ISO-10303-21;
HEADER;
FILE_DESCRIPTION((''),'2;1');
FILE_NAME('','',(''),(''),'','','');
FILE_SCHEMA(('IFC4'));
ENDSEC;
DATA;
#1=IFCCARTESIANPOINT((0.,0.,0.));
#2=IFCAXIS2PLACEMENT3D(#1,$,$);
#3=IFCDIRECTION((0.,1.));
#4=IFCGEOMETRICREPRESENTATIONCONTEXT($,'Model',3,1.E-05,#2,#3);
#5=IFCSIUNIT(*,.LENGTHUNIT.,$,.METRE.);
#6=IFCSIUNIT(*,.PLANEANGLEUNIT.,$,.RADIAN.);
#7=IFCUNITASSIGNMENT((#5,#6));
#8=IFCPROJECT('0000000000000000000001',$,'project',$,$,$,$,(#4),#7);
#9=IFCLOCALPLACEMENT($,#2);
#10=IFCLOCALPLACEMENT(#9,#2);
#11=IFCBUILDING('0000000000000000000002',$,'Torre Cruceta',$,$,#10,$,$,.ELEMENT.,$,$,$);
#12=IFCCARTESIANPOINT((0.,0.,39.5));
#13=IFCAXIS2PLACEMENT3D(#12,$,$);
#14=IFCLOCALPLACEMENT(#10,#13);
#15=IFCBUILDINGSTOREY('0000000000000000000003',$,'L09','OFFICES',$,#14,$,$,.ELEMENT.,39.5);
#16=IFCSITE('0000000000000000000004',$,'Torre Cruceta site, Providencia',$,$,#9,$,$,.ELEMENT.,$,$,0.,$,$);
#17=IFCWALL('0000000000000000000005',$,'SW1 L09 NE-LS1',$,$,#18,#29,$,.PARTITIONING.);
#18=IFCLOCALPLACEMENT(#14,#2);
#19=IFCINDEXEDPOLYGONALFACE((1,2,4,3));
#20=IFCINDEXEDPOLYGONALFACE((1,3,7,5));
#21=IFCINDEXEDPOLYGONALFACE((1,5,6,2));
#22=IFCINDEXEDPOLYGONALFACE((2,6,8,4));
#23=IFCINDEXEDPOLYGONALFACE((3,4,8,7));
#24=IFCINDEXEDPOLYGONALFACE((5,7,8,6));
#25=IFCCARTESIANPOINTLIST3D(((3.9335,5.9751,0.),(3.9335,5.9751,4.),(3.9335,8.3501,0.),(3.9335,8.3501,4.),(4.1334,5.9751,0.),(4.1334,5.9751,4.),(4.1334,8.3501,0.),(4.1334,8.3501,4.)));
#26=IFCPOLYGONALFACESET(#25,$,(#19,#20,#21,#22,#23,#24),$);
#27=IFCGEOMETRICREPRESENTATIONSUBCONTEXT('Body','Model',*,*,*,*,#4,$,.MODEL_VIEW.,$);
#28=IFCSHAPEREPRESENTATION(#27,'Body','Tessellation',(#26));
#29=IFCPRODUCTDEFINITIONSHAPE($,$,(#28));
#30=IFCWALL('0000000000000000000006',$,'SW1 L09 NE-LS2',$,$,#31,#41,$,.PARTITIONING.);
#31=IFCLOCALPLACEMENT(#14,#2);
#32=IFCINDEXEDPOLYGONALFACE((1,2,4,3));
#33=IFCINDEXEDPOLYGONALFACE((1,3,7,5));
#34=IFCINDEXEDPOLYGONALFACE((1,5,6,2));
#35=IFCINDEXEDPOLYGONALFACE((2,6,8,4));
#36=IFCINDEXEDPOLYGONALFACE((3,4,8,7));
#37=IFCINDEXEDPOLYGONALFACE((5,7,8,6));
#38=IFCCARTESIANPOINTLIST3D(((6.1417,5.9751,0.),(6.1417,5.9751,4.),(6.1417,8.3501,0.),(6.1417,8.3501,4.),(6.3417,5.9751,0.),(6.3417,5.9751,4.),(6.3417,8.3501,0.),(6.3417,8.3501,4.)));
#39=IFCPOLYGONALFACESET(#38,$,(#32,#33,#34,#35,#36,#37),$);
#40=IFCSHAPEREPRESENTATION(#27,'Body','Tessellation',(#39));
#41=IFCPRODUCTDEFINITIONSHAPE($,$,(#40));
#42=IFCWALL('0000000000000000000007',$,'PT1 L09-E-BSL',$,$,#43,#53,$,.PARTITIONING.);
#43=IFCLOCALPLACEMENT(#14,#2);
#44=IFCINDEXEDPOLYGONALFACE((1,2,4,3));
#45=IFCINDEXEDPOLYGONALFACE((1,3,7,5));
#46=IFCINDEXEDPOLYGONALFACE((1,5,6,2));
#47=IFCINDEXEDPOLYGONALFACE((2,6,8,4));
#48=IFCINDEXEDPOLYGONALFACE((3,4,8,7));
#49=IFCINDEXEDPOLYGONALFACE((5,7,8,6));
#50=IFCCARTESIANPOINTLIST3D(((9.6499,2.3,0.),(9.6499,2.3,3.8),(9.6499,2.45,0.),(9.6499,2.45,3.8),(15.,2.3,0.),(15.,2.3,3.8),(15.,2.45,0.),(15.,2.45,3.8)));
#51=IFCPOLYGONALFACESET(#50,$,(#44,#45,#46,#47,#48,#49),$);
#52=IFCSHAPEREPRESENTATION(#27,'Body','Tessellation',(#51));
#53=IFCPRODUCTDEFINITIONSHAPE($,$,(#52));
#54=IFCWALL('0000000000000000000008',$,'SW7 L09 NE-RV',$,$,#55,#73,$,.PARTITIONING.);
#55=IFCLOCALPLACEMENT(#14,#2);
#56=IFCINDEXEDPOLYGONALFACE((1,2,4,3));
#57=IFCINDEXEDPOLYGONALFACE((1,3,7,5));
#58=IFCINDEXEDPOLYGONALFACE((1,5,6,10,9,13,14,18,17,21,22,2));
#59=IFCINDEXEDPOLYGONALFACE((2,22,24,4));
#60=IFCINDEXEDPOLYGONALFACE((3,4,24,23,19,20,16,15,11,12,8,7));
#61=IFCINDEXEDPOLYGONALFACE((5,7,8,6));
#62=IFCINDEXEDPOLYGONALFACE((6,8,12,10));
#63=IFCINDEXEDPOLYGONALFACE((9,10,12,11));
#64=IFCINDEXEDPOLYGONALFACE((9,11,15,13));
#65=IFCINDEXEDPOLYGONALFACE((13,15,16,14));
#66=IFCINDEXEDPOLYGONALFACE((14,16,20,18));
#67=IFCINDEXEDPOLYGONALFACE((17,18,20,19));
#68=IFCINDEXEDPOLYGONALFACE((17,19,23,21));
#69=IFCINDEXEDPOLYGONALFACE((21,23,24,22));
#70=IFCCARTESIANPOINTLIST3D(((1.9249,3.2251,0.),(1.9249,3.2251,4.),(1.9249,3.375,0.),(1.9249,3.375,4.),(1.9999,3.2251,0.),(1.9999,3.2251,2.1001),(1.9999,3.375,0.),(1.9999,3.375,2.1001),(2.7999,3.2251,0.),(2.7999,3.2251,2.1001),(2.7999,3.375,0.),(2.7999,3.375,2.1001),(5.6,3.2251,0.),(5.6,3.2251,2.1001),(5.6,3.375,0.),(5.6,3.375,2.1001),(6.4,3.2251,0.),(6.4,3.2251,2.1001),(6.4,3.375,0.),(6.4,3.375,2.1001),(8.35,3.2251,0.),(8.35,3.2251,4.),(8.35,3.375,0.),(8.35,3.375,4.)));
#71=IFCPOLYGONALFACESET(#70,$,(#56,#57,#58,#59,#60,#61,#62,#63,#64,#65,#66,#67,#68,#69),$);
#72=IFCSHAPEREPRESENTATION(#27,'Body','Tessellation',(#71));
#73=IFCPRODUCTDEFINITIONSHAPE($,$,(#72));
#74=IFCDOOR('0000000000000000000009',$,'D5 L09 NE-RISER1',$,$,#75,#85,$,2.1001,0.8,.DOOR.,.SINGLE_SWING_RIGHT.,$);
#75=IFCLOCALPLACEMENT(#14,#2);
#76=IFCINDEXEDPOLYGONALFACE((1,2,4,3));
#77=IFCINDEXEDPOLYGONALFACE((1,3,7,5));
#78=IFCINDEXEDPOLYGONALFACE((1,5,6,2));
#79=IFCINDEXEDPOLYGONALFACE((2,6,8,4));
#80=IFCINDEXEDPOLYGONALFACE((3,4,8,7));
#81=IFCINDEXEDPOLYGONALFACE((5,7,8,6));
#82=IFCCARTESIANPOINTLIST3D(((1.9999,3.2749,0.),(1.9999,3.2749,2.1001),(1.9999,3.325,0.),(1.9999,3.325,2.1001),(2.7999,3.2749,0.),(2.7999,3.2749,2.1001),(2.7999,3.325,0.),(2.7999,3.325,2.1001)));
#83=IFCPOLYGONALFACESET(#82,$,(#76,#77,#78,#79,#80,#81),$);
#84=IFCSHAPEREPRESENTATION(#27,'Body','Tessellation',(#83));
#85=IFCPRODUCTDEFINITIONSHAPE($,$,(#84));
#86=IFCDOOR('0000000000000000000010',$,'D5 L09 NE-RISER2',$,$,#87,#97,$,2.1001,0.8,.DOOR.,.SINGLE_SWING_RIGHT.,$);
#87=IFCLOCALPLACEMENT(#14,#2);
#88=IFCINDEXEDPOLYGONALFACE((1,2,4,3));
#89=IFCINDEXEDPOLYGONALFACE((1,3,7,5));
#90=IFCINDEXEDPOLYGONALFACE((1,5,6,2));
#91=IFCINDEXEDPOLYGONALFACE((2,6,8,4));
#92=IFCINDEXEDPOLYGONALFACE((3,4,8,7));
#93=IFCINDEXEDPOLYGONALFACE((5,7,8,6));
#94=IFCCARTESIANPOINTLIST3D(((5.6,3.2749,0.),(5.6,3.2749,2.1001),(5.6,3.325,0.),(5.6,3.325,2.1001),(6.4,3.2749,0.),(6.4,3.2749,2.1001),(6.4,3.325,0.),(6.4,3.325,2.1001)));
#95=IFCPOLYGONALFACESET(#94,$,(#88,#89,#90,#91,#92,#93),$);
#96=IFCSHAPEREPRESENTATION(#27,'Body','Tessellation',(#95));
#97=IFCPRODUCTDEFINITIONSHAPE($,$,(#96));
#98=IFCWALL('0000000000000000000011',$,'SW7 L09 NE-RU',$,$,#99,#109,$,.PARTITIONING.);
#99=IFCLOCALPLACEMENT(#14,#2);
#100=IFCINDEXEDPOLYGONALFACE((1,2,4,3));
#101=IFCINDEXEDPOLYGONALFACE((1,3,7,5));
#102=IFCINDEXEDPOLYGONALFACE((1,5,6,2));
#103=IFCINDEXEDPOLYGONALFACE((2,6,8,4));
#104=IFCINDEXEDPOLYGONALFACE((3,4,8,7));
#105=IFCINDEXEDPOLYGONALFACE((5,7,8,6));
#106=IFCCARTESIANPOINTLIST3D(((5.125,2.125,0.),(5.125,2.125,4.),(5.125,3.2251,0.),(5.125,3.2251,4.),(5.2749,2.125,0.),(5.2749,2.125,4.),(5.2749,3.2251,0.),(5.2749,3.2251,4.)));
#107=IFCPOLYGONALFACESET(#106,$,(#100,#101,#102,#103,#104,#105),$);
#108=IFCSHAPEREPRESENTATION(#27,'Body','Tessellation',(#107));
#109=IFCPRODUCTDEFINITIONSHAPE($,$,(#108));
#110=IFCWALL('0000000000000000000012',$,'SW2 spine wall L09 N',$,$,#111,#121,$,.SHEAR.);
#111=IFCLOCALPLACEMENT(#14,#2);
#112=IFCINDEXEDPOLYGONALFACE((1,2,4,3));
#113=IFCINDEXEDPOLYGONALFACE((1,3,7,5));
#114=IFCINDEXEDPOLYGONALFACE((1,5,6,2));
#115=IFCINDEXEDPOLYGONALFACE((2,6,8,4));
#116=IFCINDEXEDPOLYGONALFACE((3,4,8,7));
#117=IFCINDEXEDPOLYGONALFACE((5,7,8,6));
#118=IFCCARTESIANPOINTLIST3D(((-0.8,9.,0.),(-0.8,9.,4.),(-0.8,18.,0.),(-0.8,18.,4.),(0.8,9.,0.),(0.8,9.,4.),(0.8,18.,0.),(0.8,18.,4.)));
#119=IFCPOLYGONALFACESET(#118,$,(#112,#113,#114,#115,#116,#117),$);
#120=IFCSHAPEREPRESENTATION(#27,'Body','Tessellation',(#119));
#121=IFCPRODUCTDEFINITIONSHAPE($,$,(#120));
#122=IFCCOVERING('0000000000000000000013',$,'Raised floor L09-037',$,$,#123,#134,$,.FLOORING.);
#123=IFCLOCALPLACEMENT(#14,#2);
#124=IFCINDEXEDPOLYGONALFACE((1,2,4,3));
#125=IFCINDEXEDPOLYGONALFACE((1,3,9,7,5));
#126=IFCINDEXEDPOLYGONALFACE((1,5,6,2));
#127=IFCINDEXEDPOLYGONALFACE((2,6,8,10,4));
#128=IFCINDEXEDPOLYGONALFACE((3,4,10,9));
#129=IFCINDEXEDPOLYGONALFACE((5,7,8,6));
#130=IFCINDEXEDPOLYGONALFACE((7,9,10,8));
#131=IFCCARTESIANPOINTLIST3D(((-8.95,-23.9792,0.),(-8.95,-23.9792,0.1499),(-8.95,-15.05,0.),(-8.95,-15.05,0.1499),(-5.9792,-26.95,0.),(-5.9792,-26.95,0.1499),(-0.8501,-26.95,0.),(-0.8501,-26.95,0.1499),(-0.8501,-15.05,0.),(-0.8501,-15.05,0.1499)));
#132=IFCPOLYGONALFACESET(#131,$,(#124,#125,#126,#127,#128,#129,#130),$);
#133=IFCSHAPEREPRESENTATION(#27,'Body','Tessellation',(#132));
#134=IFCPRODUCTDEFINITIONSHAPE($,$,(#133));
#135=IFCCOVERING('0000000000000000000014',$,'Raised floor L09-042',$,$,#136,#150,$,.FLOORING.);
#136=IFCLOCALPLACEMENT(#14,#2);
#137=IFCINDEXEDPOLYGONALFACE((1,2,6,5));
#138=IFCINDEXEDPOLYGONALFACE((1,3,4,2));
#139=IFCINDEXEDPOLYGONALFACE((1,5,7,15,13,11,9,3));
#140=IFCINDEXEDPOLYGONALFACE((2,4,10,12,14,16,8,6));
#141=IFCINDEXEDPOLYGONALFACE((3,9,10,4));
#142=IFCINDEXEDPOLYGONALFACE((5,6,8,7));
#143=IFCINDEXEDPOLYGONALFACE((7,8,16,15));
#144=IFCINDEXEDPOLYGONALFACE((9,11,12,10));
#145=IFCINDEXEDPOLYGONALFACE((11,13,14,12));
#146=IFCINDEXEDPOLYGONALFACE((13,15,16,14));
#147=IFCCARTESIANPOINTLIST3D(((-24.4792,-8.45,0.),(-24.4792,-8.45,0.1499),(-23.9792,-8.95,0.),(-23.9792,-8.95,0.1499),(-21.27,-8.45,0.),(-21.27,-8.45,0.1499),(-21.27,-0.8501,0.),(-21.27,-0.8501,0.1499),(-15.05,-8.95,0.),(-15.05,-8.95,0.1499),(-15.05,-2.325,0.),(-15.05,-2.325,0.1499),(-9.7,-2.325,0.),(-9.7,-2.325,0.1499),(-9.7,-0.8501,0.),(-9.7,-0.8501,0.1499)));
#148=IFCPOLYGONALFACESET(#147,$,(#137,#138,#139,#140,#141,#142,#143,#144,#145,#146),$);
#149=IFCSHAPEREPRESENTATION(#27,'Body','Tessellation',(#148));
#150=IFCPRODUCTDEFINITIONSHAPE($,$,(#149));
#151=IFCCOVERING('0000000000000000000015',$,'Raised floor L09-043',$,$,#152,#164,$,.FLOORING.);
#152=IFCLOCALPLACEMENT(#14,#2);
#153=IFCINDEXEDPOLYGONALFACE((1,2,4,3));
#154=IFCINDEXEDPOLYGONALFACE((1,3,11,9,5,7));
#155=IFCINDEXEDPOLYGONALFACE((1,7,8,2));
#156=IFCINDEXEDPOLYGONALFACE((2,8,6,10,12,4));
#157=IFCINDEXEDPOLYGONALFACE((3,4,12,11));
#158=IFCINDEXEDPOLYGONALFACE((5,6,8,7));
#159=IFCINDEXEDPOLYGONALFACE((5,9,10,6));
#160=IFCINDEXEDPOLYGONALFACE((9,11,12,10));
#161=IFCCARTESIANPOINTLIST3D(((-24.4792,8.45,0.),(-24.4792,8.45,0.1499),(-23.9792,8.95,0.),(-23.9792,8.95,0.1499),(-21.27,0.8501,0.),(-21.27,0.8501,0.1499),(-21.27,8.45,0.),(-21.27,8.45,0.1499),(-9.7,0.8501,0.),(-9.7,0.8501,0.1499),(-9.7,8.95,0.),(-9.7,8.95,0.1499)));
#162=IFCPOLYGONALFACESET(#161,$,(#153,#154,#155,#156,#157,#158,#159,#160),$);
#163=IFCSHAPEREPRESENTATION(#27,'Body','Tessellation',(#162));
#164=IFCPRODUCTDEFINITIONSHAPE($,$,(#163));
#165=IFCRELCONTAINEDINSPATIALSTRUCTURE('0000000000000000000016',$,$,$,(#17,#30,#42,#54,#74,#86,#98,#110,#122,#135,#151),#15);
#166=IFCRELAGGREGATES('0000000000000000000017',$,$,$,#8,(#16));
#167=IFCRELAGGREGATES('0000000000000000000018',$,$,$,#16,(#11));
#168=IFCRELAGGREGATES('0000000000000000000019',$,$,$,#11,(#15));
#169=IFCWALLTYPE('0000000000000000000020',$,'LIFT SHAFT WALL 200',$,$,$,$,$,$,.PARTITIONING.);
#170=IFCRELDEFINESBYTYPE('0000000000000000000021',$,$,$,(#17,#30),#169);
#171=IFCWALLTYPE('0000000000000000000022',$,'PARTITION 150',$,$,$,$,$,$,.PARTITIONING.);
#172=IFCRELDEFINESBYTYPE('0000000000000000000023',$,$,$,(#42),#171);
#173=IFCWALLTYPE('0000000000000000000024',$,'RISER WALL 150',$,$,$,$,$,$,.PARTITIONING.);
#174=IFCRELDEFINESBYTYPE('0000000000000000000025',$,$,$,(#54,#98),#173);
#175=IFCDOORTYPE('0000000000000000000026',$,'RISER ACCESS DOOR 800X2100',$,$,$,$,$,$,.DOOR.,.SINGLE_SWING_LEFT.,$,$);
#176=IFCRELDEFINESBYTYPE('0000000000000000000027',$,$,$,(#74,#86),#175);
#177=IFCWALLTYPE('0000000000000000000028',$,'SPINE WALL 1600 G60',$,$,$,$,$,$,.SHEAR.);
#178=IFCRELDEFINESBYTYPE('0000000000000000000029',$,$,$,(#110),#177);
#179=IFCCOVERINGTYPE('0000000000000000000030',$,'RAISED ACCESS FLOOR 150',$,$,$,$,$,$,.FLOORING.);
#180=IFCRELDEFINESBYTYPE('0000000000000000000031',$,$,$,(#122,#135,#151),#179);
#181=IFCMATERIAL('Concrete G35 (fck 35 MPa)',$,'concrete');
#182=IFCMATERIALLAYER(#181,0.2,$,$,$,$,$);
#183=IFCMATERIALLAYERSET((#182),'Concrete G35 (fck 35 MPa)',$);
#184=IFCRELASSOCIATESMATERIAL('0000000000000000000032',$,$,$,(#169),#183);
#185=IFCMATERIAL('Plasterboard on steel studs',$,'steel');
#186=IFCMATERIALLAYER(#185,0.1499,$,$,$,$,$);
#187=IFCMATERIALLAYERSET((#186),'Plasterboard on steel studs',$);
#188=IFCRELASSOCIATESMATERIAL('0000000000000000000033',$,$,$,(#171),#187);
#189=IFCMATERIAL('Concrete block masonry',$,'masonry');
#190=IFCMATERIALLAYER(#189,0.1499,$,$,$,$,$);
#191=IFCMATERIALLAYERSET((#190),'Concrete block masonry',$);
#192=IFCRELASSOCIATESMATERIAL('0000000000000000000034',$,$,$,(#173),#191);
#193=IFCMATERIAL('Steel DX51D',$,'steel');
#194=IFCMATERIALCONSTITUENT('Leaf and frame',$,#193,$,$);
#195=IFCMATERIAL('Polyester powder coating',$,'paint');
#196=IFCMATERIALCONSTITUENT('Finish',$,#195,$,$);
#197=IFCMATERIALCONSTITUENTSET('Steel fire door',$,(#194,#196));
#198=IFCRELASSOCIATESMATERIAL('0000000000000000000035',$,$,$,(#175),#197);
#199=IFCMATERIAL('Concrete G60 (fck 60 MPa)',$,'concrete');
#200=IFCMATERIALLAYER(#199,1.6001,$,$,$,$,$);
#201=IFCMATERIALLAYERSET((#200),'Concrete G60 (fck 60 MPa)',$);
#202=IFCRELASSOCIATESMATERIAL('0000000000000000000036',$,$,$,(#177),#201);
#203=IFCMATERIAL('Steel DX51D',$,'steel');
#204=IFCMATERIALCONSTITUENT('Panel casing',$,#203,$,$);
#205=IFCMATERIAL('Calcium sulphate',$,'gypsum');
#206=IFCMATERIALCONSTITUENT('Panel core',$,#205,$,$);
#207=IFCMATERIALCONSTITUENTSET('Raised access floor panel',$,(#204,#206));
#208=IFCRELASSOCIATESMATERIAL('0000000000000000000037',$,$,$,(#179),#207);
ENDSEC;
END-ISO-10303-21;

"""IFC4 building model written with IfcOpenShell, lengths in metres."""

from ifc_helpers import new_model, si_unit, direction, frame, frame_2d, origin, place, context, subcontext, project, spatial, polyline, rectangle, outline, extrude, material, layer, layer_set, constituent, constituent_set, type_object, element, fill, save


model = new_model("IFC4")

# Units and contexts
model_context = context("Model", 3, precision=1e-05, world=origin(), true_north=direction((0.0, 1.0)))
body_context = subcontext(model_context, "Body", "Model", "MODEL_VIEW")
ifc_project = project(units=[si_unit("LENGTHUNIT", "METRE"), si_unit("PLANEANGLEUNIT", "RADIAN")], contexts=[model_context])

# Site, building, storey
site_placement = place(None, origin())
site = spatial("IfcSite", under=ifc_project, at=site_placement, Name="Torre Cruceta site, Providencia", CompositionType="ELEMENT", RefElevation=0.0)
building_placement = place(site_placement, origin())
building = spatial("IfcBuilding", under=site, at=building_placement, Name="Torre Cruceta", CompositionType="ELEMENT")
storey_placement = place(building_placement, frame((0.0, 0.0, 39.5)))
storey = spatial("IfcBuildingStorey", under=building, at=storey_placement, Name="L09", Description="OFFICES", CompositionType="ELEMENT", Elevation=39.5)

# Walls
ifc_material_1 = material(Name="Concrete G35 (fck 35 MPa)", Category="concrete")
ifc_layer_1 = layer(ifc_material_1, 0.2)
ifc_layer_set_1 = layer_set([ifc_layer_1], Name="Concrete G35 (fck 35 MPa)")
wall_type_1 = type_object("IfcWallType", Name="LIFT SHAFT WALL 200", PredefinedType="PARTITIONING", material=ifc_layer_set_1)
for number, where, z_axis, x_axis, name in (
    (1, (4.0334, 5.9751, 0.0), (0.0, 0.0, 1.0), (0.0, 1.0, 0.0), "SW1 L09 NE-LS1"),
    (2, (6.2417, 5.9751, 0.0), (0.0, 0.0, 1.0), (0.0, 1.0, 0.0), "SW1 L09 NE-LS2"),
):
    element("IfcWall", number, at=place(storey_placement, frame(where, z_axis=z_axis, x_axis=x_axis)), inside=storey, type_object=wall_type_1, Name=name, PredefinedType="PARTITIONING", context=body_context, shape_type="SweptSolid", body=[
        extrude(rectangle(XDim=2.375, YDim=0.2, at=frame_2d((1.1875, 0.0))), origin(), (0.0, 0.0, 1.0), 4.0),
    ])
ifc_material_2 = material(Name="Plasterboard on steel studs", Category="steel")
ifc_layer_2 = layer(ifc_material_2, 0.1499)
ifc_layer_set_2 = layer_set([ifc_layer_2], Name="Plasterboard on steel studs")
wall_type_2 = type_object("IfcWallType", Name="PARTITION 150", PredefinedType="PARTITIONING", material=ifc_layer_set_2)
wall_1_placement = place(storey_placement, frame((9.6499, 2.375, 0.0), z_axis=(0.0, 0.0, 1.0), x_axis=(1.0, 0.0, 0.0)))
element("IfcWall", 3, at=wall_1_placement, inside=storey, type_object=wall_type_2, Name="PT1 L09-E-BSL", PredefinedType="PARTITIONING", context=body_context, shape_type="SweptSolid", body=[
    extrude(rectangle(XDim=5.3501, YDim=0.1499, at=frame_2d((2.675, 0.0))), origin(), (0.0, 0.0, 1.0), 3.8),
])

# Wall, openings, doors
ifc_material_3 = material(Name="Concrete block masonry", Category="masonry")
ifc_layer_3 = layer(ifc_material_3, 0.1499)
ifc_layer_set_3 = layer_set([ifc_layer_3], Name="Concrete block masonry")
wall_type_3 = type_object("IfcWallType", Name="RISER WALL 150", PredefinedType="PARTITIONING", material=ifc_layer_set_3)
wall_2_placement = place(storey_placement, frame((1.925, 3.3, 0.0), z_axis=(0.0, 0.0, 1.0), x_axis=(1.0, 0.0, 0.0)))
wall_2 = element("IfcWall", 4, at=wall_2_placement, inside=storey, type_object=wall_type_3, Name="SW7 L09 NE-RV", PredefinedType="PARTITIONING", context=body_context, shape_type="SweptSolid", body=[
    extrude(rectangle(XDim=6.425, YDim=0.1499, at=frame_2d((3.2124, 0.0))), origin(), (0.0, 0.0, 1.0), 4.0),
])
opening_1_placement = place(wall_2_placement, frame((0.075, 0.0, 0.0)))
opening_1 = element("IfcOpeningElement", 5, at=opening_1_placement, cuts=wall_2, PredefinedType="OPENING", context=body_context, shape_type="SweptSolid", body=[
    extrude(rectangle(XDim=0.8, YDim=2.1001, at=frame_2d((0.3999, 1.05))), frame((0.0, 0.085, 0.0), z_axis=(0.0, -1.0, 0.0), x_axis=(1.0, 0.0, 0.0)), (0.0, 0.0, 1.0), 0.1699),
])
opening_2_placement = place(wall_2_placement, frame((3.675, 0.0, 0.0)))
opening_2 = element("IfcOpeningElement", 6, at=opening_2_placement, cuts=wall_2, PredefinedType="OPENING", context=body_context, shape_type="SweptSolid", body=[
    extrude(rectangle(XDim=0.8, YDim=2.1001, at=frame_2d((0.3999, 1.05))), frame((0.0, 0.085, 0.0), z_axis=(0.0, -1.0, 0.0), x_axis=(1.0, 0.0, 0.0)), (0.0, 0.0, 1.0), 0.1699),
])
ifc_material_4 = material(Name="Steel DX51D", Category="steel")
ifc_constituent_1 = constituent(ifc_material_4, Name="Leaf and frame")
ifc_material_5 = material(Name="Polyester powder coating", Category="paint")
ifc_constituent_2 = constituent(ifc_material_5, Name="Finish")
ifc_constituent_set_1 = constituent_set(constituents=[ifc_constituent_1, ifc_constituent_2], Name="Steel fire door")
door_type_1 = type_object("IfcDoorType", Name="RISER ACCESS DOOR 800X2100", OperationType="SINGLE_SWING_LEFT", PredefinedType="DOOR", material=ifc_constituent_set_1)
door_1_placement = place(opening_1_placement, frame((0.8, 0.0, 0.0), z_axis=(0.0, 0.0, 1.0), x_axis=(-1.0, 0.0, 0.0)))
door_1 = element("IfcDoor", 7, at=door_1_placement, inside=storey, type_object=door_type_1, Name="D5 L09 NE-RISER1", OperationType="SINGLE_SWING_RIGHT", OverallHeight=2.1001, OverallWidth=0.8, PredefinedType="DOOR", context=body_context, shape_type="SweptSolid", body=[
    extrude(rectangle(XDim=0.8, YDim=2.1001, at=frame_2d((0.4001, 1.05))), frame((0.0, 0.0251, 0.0), z_axis=(0.0, -1.0, 0.0), x_axis=(1.0, 0.0, 0.0)), (0.0, 0.0, 1.0), 0.05),
])
fill(opening_1, door_1)
door_2_placement = place(opening_2_placement, frame((0.8, 0.0, 0.0), z_axis=(0.0, 0.0, 1.0), x_axis=(-1.0, 0.0, 0.0)))
door_2 = element("IfcDoor", 8, at=door_2_placement, inside=storey, type_object=door_type_1, Name="D5 L09 NE-RISER2", OperationType="SINGLE_SWING_RIGHT", OverallHeight=2.1001, OverallWidth=0.8, PredefinedType="DOOR", context=body_context, shape_type="SweptSolid", body=[
    extrude(rectangle(XDim=0.8, YDim=2.1001, at=frame_2d((0.4001, 1.05))), frame((0.0, 0.0251, 0.0), z_axis=(0.0, -1.0, 0.0), x_axis=(1.0, 0.0, 0.0)), (0.0, 0.0, 1.0), 0.05),
])
fill(opening_2, door_2)

# Walls
wall_3_placement = place(storey_placement, frame((5.2, 2.125, 0.0), z_axis=(0.0, 0.0, 1.0), x_axis=(0.0, 1.0, 0.0)))
element("IfcWall", 9, at=wall_3_placement, inside=storey, type_object=wall_type_3, Name="SW7 L09 NE-RU", PredefinedType="PARTITIONING", context=body_context, shape_type="SweptSolid", body=[
    extrude(rectangle(XDim=1.1001, YDim=0.1499, at=frame_2d((0.55, 0.0))), origin(), (0.0, 0.0, 1.0), 4.0),
])
ifc_material_6 = material(Name="Concrete G60 (fck 60 MPa)", Category="concrete")
ifc_layer_4 = layer(ifc_material_6, 1.6001)
ifc_layer_set_4 = layer_set([ifc_layer_4], Name="Concrete G60 (fck 60 MPa)")
wall_type_4 = type_object("IfcWallType", Name="SPINE WALL 1600 G60", PredefinedType="SHEAR", material=ifc_layer_set_4)
wall_4_placement = place(storey_placement, frame((0.0, 9.0, 0.0), z_axis=(0.0, 0.0, 1.0), x_axis=(0.0, 1.0, 0.0)))
element("IfcWall", 10, at=wall_4_placement, inside=storey, type_object=wall_type_4, Name="SW2 spine wall L09 N", PredefinedType="SHEAR", context=body_context, shape_type="SweptSolid", body=[
    extrude(rectangle(XDim=9.0, YDim=1.6001, at=frame_2d((4.5, 0.0))), origin(), (0.0, 0.0, 1.0), 4.0),
])

# Coverings
ifc_material_7 = material(Name="Steel DX51D", Category="steel")
ifc_constituent_3 = constituent(ifc_material_7, Name="Panel casing")
ifc_material_8 = material(Name="Calcium sulphate", Category="gypsum")
ifc_constituent_4 = constituent(ifc_material_8, Name="Panel core")
ifc_constituent_set_2 = constituent_set(constituents=[ifc_constituent_3, ifc_constituent_4], Name="Raised access floor panel")
covering_type_1 = type_object("IfcCoveringType", Name="RAISED ACCESS FLOOR 150", PredefinedType="FLOORING", material=ifc_constituent_set_2)
covering_1_placement = place(storey_placement, origin())
element("IfcCovering", 11, at=covering_1_placement, inside=storey, type_object=covering_type_1, Name="Raised floor L09-037", PredefinedType="FLOORING", context=body_context, shape_type="SweptSolid", body=[
    extrude(outline(polyline([(-5.9792, -26.95), (-8.95, -23.9792), (-8.95, -15.05), (-0.8501, -15.05), (-0.8501, -26.95), (-5.9792, -26.95)])), origin(), (0.0, 0.0, 1.0), 0.1499),
])
covering_2_placement = place(storey_placement, origin())
element("IfcCovering", 12, at=covering_2_placement, inside=storey, type_object=covering_type_1, Name="Raised floor L09-042", PredefinedType="FLOORING", context=body_context, shape_type="SweptSolid", body=[
    extrude(outline(polyline([(-21.27, -0.8501), (-9.7, -0.8501), (-9.7, -2.325), (-15.05, -2.325), (-15.05, -8.95), (-23.9792, -8.95), (-24.4792, -8.45), (-21.27, -8.45), (-21.27, -0.8501)])), origin(), (0.0, 0.0, 1.0), 0.1499),
])
covering_3_placement = place(storey_placement, origin())
element("IfcCovering", 13, at=covering_3_placement, inside=storey, type_object=covering_type_1, Name="Raised floor L09-043", PredefinedType="FLOORING", context=body_context, shape_type="SweptSolid", body=[
    extrude(outline(polyline([(-21.27, 8.45), (-24.4792, 8.45), (-23.9792, 8.95), (-9.7, 8.95), (-9.7, 0.8501), (-21.27, 0.8501), (-21.27, 8.45)])), origin(), (0.0, 0.0, 1.0), 0.1499),
])

save(model, "model.ifc")
